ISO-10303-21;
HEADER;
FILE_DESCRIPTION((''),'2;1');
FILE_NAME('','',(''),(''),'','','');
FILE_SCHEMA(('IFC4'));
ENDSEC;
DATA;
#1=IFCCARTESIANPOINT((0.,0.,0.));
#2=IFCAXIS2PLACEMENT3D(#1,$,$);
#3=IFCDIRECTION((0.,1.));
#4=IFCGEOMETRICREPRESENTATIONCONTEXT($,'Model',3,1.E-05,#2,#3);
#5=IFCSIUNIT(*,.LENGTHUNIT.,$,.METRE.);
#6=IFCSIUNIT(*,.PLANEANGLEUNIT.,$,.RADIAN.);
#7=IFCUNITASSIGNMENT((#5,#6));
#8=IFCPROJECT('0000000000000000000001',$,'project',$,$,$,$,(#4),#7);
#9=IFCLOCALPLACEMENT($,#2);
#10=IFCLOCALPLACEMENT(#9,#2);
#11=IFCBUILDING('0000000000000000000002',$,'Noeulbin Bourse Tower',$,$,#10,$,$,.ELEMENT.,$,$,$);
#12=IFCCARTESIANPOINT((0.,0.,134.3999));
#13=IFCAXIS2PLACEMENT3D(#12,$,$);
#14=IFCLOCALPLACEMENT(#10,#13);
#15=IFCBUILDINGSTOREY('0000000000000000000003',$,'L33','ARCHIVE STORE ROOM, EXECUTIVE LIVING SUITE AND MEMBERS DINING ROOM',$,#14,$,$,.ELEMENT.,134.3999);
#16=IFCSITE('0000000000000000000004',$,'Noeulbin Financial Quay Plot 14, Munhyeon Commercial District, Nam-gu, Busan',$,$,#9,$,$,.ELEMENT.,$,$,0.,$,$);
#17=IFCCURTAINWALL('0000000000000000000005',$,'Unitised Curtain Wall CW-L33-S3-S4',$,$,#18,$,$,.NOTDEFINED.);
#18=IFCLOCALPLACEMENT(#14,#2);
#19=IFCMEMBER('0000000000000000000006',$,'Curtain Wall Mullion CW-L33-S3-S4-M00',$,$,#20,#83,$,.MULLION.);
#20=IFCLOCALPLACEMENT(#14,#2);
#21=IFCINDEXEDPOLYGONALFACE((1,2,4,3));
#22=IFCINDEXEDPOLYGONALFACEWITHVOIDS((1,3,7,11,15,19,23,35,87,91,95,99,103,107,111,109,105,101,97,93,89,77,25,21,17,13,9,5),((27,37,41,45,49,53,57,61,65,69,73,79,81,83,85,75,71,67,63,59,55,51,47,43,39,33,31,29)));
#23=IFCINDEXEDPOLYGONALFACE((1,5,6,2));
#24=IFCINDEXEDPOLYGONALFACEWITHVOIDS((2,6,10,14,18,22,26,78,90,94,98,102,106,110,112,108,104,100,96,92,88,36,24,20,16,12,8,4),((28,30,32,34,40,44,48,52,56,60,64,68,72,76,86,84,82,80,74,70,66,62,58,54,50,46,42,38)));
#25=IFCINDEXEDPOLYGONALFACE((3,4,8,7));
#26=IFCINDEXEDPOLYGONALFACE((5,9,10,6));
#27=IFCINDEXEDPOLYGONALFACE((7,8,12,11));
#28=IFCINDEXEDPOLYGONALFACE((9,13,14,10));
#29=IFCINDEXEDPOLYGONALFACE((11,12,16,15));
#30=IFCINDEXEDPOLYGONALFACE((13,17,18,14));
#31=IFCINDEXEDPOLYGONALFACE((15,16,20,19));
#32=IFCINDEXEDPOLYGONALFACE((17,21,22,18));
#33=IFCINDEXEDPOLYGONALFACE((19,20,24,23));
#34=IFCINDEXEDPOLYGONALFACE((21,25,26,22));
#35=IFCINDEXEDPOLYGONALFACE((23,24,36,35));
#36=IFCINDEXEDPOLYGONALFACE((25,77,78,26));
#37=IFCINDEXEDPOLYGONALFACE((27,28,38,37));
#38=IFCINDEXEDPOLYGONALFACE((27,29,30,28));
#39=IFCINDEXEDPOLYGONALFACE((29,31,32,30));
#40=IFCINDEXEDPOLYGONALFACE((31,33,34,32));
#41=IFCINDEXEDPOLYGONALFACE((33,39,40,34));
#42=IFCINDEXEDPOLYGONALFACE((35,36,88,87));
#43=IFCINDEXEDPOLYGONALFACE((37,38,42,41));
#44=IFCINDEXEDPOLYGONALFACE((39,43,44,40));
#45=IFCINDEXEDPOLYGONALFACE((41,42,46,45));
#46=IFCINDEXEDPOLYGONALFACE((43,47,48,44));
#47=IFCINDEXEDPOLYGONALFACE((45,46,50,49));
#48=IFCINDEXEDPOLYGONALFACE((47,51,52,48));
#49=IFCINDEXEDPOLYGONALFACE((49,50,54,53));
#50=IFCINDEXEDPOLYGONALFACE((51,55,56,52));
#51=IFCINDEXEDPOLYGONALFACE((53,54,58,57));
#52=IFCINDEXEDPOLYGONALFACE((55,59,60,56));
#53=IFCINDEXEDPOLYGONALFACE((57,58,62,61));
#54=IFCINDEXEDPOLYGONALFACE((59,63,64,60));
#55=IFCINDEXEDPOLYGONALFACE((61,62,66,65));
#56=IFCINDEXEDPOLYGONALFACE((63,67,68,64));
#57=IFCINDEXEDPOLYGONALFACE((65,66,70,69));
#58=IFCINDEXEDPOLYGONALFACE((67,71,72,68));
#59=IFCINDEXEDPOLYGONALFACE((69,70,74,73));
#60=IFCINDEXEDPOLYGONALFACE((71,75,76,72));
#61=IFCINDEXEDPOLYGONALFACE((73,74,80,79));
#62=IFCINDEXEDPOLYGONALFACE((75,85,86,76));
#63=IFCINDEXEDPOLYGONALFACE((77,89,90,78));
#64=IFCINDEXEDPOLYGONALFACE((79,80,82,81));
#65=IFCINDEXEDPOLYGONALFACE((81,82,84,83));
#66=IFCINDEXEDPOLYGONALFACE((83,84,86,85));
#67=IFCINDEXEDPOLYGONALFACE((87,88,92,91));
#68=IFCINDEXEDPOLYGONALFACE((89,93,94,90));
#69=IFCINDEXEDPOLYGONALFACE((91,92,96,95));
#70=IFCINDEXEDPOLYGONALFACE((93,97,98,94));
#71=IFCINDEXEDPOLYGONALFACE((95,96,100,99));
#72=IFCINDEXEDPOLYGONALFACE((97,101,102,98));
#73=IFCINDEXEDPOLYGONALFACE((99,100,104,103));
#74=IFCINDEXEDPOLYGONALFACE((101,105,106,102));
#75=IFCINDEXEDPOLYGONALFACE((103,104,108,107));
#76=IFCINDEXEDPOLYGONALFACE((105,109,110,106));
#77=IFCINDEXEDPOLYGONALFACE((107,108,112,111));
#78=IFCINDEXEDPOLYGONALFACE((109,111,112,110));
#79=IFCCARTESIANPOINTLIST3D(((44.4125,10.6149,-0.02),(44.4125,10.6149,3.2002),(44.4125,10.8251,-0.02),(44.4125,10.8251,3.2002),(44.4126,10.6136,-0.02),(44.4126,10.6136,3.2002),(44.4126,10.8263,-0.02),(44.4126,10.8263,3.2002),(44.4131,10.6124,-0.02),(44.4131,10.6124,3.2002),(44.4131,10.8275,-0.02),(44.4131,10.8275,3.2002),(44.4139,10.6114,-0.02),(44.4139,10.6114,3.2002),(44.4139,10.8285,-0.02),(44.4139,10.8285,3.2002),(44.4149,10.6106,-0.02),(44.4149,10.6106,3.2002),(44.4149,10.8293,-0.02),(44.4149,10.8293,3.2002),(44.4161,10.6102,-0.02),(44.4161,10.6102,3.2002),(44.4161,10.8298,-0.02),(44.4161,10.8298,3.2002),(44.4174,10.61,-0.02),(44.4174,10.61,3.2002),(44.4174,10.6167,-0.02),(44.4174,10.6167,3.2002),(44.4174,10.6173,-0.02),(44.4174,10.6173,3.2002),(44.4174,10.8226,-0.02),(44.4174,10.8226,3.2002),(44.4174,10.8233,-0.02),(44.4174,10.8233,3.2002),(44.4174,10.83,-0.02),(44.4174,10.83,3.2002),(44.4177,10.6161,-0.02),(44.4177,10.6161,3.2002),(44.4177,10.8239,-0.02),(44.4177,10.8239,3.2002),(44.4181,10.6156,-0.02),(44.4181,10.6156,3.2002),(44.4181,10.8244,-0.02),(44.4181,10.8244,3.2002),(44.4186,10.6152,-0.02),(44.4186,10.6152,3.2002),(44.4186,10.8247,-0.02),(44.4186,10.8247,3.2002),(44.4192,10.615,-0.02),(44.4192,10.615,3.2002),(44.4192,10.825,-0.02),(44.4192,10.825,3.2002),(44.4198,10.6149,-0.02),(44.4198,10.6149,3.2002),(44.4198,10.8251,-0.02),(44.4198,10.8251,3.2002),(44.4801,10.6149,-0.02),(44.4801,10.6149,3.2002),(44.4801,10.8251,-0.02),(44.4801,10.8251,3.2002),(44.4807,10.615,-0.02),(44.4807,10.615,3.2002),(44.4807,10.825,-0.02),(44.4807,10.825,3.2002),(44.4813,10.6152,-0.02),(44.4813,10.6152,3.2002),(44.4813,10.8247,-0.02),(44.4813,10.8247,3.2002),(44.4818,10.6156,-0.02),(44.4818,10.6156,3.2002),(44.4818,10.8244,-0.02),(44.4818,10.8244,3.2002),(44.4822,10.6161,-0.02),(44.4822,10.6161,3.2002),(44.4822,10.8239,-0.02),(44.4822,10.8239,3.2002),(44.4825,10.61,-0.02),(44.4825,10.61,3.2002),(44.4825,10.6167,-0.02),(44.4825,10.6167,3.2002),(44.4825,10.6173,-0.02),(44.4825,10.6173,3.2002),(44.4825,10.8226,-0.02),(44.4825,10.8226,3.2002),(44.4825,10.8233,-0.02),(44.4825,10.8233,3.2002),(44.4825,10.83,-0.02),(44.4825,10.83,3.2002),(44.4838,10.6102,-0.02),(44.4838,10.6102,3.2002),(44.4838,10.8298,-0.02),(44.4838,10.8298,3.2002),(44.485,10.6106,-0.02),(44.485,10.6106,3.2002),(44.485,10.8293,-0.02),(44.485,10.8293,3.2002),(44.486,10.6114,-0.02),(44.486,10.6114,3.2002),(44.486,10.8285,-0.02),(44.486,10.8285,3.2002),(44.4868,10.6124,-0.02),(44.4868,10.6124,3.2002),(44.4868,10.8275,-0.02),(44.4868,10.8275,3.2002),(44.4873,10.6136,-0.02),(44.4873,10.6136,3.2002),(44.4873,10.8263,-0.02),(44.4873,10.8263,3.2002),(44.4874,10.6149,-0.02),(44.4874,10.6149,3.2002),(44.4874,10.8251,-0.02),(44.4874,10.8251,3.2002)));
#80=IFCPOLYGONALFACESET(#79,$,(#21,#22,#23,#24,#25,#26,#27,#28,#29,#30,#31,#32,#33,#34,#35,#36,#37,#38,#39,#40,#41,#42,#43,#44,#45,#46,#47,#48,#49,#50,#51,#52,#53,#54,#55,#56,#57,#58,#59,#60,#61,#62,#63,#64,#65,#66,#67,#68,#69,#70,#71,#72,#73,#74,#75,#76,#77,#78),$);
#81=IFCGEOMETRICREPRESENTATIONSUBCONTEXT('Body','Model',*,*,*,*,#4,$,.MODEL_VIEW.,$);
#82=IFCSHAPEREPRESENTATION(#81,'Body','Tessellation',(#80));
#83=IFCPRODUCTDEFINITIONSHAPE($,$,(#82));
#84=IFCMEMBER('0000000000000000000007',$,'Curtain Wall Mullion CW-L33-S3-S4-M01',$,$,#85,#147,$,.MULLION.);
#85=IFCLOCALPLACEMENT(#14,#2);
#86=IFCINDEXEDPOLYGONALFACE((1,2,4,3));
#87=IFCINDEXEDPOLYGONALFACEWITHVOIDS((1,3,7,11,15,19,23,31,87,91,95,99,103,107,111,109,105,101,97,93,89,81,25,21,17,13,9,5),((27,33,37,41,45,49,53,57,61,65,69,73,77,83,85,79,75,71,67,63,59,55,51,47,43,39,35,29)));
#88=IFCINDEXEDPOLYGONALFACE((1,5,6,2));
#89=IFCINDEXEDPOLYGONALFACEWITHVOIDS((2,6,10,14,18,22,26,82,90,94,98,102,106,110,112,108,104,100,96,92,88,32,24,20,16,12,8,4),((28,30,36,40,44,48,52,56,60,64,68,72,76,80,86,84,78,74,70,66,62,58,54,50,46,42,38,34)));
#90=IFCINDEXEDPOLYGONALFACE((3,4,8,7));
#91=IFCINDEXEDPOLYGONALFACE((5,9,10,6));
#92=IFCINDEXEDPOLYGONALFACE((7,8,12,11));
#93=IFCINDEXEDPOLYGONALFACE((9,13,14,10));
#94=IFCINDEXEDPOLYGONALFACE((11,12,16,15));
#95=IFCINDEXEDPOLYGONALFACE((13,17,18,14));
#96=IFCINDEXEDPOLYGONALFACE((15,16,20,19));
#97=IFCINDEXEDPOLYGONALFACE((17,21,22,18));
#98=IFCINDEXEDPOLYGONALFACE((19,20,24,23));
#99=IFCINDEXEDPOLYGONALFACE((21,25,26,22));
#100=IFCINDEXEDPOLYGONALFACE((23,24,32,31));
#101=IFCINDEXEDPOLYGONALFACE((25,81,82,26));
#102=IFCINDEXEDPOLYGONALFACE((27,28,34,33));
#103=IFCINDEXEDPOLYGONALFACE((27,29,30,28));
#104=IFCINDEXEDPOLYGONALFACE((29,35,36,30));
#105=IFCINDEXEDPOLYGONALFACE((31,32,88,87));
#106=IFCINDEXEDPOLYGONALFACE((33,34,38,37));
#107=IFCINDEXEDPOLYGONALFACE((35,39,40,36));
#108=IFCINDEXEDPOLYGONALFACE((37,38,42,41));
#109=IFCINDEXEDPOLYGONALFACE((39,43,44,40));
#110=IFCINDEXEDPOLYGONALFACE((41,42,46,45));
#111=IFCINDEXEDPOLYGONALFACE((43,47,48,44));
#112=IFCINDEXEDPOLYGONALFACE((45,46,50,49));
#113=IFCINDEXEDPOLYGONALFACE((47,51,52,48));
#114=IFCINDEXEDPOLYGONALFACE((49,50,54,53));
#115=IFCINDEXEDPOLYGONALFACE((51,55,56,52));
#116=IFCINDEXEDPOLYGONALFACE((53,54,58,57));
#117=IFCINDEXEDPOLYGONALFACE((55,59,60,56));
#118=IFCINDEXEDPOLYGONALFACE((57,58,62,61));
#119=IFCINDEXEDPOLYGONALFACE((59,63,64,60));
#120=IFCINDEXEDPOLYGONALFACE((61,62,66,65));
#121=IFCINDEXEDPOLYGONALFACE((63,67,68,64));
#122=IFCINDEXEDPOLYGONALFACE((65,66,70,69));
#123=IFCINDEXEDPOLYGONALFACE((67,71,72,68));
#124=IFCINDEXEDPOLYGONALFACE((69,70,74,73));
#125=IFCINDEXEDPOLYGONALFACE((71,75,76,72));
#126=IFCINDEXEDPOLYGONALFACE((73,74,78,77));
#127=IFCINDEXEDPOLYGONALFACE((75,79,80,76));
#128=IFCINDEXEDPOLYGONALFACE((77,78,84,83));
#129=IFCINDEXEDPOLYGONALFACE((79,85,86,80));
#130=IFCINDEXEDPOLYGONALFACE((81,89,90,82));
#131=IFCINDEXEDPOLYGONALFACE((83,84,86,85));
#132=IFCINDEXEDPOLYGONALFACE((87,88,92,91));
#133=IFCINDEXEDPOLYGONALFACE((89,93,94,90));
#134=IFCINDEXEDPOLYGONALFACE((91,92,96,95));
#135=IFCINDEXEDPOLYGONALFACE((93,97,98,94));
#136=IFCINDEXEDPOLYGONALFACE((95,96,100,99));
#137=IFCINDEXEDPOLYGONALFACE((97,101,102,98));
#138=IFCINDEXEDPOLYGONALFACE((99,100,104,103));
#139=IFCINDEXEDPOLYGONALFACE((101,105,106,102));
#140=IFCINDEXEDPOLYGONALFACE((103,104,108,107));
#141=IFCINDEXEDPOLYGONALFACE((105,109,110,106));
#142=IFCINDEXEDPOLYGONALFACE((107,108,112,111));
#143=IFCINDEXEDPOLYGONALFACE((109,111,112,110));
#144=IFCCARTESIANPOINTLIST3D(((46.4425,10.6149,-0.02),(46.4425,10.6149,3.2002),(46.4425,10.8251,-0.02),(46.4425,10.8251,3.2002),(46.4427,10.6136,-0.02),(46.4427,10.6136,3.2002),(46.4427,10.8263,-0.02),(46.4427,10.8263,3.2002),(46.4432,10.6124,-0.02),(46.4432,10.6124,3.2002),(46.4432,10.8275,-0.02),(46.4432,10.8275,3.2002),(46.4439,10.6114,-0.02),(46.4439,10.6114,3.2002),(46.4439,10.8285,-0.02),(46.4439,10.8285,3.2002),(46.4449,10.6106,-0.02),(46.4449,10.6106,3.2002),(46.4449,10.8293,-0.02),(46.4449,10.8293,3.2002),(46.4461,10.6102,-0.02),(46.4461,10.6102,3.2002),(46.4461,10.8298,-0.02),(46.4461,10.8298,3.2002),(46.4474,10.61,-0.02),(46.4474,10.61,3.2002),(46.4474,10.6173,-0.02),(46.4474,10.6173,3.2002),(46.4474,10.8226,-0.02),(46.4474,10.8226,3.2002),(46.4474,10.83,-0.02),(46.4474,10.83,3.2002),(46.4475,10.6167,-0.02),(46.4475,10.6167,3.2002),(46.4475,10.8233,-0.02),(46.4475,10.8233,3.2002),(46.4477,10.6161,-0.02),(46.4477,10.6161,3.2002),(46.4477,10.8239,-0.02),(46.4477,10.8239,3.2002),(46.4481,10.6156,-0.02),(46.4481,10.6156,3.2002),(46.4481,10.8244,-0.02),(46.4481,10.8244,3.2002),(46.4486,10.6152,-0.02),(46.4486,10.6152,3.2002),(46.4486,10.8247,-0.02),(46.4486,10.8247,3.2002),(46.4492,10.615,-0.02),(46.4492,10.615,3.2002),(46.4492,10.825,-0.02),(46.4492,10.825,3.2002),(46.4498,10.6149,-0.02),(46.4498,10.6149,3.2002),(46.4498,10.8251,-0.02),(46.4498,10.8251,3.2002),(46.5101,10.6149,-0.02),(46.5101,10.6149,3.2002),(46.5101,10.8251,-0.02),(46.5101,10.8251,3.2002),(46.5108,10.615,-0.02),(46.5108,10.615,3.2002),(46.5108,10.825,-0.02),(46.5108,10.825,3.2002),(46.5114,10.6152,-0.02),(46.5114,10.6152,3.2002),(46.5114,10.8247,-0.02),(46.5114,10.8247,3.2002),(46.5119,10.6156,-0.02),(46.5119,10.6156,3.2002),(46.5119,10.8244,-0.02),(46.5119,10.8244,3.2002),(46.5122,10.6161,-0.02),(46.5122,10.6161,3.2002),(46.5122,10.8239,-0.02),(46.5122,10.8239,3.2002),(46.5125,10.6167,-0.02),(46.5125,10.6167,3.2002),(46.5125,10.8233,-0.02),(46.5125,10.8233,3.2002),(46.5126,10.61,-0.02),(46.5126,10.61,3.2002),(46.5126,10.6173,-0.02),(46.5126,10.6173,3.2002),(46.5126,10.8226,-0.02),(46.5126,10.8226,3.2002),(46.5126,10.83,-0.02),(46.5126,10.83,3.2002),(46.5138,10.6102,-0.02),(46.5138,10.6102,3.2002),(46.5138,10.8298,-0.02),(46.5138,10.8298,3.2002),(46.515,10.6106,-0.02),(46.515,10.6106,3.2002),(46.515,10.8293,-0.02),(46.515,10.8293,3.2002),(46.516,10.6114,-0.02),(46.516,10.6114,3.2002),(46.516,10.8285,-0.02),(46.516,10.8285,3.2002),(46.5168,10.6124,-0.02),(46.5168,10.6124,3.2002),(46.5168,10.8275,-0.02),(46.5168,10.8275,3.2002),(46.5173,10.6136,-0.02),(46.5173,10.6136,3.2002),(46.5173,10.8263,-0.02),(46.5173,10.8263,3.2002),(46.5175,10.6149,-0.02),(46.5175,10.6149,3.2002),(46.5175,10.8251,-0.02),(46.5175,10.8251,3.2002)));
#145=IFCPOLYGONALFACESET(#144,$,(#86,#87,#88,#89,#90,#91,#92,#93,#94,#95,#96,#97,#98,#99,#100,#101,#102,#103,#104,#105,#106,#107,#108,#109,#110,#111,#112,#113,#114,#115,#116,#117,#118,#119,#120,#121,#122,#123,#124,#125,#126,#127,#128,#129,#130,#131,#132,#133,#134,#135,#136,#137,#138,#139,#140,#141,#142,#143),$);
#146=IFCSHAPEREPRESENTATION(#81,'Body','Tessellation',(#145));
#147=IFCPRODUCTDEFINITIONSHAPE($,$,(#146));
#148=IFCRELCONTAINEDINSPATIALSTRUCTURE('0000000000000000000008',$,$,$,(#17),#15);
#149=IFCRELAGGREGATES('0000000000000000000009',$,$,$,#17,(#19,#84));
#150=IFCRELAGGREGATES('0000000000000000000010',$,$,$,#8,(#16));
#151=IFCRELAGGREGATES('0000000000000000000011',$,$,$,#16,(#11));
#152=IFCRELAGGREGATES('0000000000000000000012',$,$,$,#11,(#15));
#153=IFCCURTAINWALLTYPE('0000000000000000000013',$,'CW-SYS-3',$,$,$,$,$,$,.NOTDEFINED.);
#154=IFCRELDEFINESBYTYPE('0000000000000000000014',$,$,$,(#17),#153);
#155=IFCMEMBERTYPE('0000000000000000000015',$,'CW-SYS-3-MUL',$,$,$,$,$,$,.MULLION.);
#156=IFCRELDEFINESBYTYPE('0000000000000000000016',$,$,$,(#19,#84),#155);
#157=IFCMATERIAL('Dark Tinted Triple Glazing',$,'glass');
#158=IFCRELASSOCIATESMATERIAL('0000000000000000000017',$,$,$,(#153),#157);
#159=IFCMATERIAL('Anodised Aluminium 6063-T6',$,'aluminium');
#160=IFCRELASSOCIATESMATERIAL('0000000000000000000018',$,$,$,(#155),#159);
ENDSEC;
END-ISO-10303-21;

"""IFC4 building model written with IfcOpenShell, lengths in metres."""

from ifc_helpers import new_model, si_unit, direction, frame, origin, origin_2d, place, context, subcontext, project, spatial, hollow_rectangle, extrude, material, material_profile, profile_set, type_object, element, aggregate, save


model = new_model("IFC4")

# Units and contexts
model_context = context("Model", 3, precision=1e-05, world=origin(), true_north=direction((0.0, 1.0)))
body_context = subcontext(model_context, "Body", "Model", "MODEL_VIEW")
ifc_project = project(units=[si_unit("LENGTHUNIT", "METRE"), si_unit("PLANEANGLEUNIT", "RADIAN")], contexts=[model_context])

# Site, building, storey
site_placement = place(None, origin())
site = spatial("IfcSite", under=ifc_project, at=site_placement, Name="Noeulbin Financial Quay Plot 14, Munhyeon Commercial District, Nam-gu, Busan", CompositionType="ELEMENT", RefElevation=0.0)
building_placement = place(site_placement, origin())
building = spatial("IfcBuilding", under=site, at=building_placement, Name="Noeulbin Bourse Tower", CompositionType="ELEMENT")
storey_placement = place(building_placement, frame((0.0, 0.0, 134.3999)))
storey = spatial("IfcBuildingStorey", under=building, at=storey_placement, Name="L33", Description="ARCHIVE STORE ROOM, EXECUTIVE LIVING SUITE AND MEMBERS DINING ROOM", CompositionType="ELEMENT", Elevation=134.3999)

# Curtain wall, members
ifc_material_1 = material(Name="Dark Tinted Triple Glazing", Category="glass")
curtain_wall_type = type_object("IfcCurtainWallType", Name="CW-SYS-3", PredefinedType="NOTDEFINED", material=ifc_material_1)
curtain_wall_1_placement = place(storey_placement, origin())
curtain_wall_1 = element("IfcCurtainWall", 1, at=curtain_wall_1_placement, inside=storey, type_object=curtain_wall_type, Name="Unitised Curtain Wall CW-L33-S3-S4", PredefinedType="NOTDEFINED")
ifc_material_2 = material(Name="Anodised Aluminium 6063-T6", Category="aluminium")
ifc_material_profile_1 = material_profile(ifc_material_2, hollow_rectangle(XDim=0.075, YDim=0.22, WallThickness=0.0049, InnerFilletRadius=0.0024, OuterFilletRadius=0.0049, at=origin_2d()), Name="ALU-MULL-75x220x5", Category="LoadBearing")
ifc_profile_set_1 = profile_set([ifc_material_profile_1], Name="Anodised Aluminium 6063-T6")
member_type_1 = type_object("IfcMemberType", Name="CW-SYS-3-MUL", PredefinedType="MULLION", material=ifc_profile_set_1)
member_1_placement = place(storey_placement, frame((44.45, 10.72, -0.02), z_axis=(0.0, 0.0, 1.0), x_axis=(1.0, 0.0, 0.0)))
member_1 = element("IfcMember", 2, at=member_1_placement, type_object=member_type_1, Name="Curtain Wall Mullion CW-L33-S3-S4-M00", PredefinedType="MULLION", context=body_context, shape_type="SweptSolid", body=[
    extrude(hollow_rectangle(XDim=0.075, YDim=0.22, WallThickness=0.0049, InnerFilletRadius=0.0024, OuterFilletRadius=0.0049, at=origin_2d()), origin(), (0.0, 0.0, 1.0), 3.2202),
])
member_2_placement = place(storey_placement, frame((46.48, 10.72, -0.02), z_axis=(0.0, 0.0, 1.0), x_axis=(1.0, 0.0, 0.0)))
member_2 = element("IfcMember", 3, at=member_2_placement, type_object=member_type_1, Name="Curtain Wall Mullion CW-L33-S3-S4-M01", PredefinedType="MULLION", context=body_context, shape_type="SweptSolid", body=[
    extrude(hollow_rectangle(XDim=0.075, YDim=0.22, WallThickness=0.0049, InnerFilletRadius=0.0024, OuterFilletRadius=0.0049, at=origin_2d()), origin(), (0.0, 0.0, 1.0), 3.2202),
])

aggregate(curtain_wall_1, [member_1, member_2])

save(model, "model.ifc")
